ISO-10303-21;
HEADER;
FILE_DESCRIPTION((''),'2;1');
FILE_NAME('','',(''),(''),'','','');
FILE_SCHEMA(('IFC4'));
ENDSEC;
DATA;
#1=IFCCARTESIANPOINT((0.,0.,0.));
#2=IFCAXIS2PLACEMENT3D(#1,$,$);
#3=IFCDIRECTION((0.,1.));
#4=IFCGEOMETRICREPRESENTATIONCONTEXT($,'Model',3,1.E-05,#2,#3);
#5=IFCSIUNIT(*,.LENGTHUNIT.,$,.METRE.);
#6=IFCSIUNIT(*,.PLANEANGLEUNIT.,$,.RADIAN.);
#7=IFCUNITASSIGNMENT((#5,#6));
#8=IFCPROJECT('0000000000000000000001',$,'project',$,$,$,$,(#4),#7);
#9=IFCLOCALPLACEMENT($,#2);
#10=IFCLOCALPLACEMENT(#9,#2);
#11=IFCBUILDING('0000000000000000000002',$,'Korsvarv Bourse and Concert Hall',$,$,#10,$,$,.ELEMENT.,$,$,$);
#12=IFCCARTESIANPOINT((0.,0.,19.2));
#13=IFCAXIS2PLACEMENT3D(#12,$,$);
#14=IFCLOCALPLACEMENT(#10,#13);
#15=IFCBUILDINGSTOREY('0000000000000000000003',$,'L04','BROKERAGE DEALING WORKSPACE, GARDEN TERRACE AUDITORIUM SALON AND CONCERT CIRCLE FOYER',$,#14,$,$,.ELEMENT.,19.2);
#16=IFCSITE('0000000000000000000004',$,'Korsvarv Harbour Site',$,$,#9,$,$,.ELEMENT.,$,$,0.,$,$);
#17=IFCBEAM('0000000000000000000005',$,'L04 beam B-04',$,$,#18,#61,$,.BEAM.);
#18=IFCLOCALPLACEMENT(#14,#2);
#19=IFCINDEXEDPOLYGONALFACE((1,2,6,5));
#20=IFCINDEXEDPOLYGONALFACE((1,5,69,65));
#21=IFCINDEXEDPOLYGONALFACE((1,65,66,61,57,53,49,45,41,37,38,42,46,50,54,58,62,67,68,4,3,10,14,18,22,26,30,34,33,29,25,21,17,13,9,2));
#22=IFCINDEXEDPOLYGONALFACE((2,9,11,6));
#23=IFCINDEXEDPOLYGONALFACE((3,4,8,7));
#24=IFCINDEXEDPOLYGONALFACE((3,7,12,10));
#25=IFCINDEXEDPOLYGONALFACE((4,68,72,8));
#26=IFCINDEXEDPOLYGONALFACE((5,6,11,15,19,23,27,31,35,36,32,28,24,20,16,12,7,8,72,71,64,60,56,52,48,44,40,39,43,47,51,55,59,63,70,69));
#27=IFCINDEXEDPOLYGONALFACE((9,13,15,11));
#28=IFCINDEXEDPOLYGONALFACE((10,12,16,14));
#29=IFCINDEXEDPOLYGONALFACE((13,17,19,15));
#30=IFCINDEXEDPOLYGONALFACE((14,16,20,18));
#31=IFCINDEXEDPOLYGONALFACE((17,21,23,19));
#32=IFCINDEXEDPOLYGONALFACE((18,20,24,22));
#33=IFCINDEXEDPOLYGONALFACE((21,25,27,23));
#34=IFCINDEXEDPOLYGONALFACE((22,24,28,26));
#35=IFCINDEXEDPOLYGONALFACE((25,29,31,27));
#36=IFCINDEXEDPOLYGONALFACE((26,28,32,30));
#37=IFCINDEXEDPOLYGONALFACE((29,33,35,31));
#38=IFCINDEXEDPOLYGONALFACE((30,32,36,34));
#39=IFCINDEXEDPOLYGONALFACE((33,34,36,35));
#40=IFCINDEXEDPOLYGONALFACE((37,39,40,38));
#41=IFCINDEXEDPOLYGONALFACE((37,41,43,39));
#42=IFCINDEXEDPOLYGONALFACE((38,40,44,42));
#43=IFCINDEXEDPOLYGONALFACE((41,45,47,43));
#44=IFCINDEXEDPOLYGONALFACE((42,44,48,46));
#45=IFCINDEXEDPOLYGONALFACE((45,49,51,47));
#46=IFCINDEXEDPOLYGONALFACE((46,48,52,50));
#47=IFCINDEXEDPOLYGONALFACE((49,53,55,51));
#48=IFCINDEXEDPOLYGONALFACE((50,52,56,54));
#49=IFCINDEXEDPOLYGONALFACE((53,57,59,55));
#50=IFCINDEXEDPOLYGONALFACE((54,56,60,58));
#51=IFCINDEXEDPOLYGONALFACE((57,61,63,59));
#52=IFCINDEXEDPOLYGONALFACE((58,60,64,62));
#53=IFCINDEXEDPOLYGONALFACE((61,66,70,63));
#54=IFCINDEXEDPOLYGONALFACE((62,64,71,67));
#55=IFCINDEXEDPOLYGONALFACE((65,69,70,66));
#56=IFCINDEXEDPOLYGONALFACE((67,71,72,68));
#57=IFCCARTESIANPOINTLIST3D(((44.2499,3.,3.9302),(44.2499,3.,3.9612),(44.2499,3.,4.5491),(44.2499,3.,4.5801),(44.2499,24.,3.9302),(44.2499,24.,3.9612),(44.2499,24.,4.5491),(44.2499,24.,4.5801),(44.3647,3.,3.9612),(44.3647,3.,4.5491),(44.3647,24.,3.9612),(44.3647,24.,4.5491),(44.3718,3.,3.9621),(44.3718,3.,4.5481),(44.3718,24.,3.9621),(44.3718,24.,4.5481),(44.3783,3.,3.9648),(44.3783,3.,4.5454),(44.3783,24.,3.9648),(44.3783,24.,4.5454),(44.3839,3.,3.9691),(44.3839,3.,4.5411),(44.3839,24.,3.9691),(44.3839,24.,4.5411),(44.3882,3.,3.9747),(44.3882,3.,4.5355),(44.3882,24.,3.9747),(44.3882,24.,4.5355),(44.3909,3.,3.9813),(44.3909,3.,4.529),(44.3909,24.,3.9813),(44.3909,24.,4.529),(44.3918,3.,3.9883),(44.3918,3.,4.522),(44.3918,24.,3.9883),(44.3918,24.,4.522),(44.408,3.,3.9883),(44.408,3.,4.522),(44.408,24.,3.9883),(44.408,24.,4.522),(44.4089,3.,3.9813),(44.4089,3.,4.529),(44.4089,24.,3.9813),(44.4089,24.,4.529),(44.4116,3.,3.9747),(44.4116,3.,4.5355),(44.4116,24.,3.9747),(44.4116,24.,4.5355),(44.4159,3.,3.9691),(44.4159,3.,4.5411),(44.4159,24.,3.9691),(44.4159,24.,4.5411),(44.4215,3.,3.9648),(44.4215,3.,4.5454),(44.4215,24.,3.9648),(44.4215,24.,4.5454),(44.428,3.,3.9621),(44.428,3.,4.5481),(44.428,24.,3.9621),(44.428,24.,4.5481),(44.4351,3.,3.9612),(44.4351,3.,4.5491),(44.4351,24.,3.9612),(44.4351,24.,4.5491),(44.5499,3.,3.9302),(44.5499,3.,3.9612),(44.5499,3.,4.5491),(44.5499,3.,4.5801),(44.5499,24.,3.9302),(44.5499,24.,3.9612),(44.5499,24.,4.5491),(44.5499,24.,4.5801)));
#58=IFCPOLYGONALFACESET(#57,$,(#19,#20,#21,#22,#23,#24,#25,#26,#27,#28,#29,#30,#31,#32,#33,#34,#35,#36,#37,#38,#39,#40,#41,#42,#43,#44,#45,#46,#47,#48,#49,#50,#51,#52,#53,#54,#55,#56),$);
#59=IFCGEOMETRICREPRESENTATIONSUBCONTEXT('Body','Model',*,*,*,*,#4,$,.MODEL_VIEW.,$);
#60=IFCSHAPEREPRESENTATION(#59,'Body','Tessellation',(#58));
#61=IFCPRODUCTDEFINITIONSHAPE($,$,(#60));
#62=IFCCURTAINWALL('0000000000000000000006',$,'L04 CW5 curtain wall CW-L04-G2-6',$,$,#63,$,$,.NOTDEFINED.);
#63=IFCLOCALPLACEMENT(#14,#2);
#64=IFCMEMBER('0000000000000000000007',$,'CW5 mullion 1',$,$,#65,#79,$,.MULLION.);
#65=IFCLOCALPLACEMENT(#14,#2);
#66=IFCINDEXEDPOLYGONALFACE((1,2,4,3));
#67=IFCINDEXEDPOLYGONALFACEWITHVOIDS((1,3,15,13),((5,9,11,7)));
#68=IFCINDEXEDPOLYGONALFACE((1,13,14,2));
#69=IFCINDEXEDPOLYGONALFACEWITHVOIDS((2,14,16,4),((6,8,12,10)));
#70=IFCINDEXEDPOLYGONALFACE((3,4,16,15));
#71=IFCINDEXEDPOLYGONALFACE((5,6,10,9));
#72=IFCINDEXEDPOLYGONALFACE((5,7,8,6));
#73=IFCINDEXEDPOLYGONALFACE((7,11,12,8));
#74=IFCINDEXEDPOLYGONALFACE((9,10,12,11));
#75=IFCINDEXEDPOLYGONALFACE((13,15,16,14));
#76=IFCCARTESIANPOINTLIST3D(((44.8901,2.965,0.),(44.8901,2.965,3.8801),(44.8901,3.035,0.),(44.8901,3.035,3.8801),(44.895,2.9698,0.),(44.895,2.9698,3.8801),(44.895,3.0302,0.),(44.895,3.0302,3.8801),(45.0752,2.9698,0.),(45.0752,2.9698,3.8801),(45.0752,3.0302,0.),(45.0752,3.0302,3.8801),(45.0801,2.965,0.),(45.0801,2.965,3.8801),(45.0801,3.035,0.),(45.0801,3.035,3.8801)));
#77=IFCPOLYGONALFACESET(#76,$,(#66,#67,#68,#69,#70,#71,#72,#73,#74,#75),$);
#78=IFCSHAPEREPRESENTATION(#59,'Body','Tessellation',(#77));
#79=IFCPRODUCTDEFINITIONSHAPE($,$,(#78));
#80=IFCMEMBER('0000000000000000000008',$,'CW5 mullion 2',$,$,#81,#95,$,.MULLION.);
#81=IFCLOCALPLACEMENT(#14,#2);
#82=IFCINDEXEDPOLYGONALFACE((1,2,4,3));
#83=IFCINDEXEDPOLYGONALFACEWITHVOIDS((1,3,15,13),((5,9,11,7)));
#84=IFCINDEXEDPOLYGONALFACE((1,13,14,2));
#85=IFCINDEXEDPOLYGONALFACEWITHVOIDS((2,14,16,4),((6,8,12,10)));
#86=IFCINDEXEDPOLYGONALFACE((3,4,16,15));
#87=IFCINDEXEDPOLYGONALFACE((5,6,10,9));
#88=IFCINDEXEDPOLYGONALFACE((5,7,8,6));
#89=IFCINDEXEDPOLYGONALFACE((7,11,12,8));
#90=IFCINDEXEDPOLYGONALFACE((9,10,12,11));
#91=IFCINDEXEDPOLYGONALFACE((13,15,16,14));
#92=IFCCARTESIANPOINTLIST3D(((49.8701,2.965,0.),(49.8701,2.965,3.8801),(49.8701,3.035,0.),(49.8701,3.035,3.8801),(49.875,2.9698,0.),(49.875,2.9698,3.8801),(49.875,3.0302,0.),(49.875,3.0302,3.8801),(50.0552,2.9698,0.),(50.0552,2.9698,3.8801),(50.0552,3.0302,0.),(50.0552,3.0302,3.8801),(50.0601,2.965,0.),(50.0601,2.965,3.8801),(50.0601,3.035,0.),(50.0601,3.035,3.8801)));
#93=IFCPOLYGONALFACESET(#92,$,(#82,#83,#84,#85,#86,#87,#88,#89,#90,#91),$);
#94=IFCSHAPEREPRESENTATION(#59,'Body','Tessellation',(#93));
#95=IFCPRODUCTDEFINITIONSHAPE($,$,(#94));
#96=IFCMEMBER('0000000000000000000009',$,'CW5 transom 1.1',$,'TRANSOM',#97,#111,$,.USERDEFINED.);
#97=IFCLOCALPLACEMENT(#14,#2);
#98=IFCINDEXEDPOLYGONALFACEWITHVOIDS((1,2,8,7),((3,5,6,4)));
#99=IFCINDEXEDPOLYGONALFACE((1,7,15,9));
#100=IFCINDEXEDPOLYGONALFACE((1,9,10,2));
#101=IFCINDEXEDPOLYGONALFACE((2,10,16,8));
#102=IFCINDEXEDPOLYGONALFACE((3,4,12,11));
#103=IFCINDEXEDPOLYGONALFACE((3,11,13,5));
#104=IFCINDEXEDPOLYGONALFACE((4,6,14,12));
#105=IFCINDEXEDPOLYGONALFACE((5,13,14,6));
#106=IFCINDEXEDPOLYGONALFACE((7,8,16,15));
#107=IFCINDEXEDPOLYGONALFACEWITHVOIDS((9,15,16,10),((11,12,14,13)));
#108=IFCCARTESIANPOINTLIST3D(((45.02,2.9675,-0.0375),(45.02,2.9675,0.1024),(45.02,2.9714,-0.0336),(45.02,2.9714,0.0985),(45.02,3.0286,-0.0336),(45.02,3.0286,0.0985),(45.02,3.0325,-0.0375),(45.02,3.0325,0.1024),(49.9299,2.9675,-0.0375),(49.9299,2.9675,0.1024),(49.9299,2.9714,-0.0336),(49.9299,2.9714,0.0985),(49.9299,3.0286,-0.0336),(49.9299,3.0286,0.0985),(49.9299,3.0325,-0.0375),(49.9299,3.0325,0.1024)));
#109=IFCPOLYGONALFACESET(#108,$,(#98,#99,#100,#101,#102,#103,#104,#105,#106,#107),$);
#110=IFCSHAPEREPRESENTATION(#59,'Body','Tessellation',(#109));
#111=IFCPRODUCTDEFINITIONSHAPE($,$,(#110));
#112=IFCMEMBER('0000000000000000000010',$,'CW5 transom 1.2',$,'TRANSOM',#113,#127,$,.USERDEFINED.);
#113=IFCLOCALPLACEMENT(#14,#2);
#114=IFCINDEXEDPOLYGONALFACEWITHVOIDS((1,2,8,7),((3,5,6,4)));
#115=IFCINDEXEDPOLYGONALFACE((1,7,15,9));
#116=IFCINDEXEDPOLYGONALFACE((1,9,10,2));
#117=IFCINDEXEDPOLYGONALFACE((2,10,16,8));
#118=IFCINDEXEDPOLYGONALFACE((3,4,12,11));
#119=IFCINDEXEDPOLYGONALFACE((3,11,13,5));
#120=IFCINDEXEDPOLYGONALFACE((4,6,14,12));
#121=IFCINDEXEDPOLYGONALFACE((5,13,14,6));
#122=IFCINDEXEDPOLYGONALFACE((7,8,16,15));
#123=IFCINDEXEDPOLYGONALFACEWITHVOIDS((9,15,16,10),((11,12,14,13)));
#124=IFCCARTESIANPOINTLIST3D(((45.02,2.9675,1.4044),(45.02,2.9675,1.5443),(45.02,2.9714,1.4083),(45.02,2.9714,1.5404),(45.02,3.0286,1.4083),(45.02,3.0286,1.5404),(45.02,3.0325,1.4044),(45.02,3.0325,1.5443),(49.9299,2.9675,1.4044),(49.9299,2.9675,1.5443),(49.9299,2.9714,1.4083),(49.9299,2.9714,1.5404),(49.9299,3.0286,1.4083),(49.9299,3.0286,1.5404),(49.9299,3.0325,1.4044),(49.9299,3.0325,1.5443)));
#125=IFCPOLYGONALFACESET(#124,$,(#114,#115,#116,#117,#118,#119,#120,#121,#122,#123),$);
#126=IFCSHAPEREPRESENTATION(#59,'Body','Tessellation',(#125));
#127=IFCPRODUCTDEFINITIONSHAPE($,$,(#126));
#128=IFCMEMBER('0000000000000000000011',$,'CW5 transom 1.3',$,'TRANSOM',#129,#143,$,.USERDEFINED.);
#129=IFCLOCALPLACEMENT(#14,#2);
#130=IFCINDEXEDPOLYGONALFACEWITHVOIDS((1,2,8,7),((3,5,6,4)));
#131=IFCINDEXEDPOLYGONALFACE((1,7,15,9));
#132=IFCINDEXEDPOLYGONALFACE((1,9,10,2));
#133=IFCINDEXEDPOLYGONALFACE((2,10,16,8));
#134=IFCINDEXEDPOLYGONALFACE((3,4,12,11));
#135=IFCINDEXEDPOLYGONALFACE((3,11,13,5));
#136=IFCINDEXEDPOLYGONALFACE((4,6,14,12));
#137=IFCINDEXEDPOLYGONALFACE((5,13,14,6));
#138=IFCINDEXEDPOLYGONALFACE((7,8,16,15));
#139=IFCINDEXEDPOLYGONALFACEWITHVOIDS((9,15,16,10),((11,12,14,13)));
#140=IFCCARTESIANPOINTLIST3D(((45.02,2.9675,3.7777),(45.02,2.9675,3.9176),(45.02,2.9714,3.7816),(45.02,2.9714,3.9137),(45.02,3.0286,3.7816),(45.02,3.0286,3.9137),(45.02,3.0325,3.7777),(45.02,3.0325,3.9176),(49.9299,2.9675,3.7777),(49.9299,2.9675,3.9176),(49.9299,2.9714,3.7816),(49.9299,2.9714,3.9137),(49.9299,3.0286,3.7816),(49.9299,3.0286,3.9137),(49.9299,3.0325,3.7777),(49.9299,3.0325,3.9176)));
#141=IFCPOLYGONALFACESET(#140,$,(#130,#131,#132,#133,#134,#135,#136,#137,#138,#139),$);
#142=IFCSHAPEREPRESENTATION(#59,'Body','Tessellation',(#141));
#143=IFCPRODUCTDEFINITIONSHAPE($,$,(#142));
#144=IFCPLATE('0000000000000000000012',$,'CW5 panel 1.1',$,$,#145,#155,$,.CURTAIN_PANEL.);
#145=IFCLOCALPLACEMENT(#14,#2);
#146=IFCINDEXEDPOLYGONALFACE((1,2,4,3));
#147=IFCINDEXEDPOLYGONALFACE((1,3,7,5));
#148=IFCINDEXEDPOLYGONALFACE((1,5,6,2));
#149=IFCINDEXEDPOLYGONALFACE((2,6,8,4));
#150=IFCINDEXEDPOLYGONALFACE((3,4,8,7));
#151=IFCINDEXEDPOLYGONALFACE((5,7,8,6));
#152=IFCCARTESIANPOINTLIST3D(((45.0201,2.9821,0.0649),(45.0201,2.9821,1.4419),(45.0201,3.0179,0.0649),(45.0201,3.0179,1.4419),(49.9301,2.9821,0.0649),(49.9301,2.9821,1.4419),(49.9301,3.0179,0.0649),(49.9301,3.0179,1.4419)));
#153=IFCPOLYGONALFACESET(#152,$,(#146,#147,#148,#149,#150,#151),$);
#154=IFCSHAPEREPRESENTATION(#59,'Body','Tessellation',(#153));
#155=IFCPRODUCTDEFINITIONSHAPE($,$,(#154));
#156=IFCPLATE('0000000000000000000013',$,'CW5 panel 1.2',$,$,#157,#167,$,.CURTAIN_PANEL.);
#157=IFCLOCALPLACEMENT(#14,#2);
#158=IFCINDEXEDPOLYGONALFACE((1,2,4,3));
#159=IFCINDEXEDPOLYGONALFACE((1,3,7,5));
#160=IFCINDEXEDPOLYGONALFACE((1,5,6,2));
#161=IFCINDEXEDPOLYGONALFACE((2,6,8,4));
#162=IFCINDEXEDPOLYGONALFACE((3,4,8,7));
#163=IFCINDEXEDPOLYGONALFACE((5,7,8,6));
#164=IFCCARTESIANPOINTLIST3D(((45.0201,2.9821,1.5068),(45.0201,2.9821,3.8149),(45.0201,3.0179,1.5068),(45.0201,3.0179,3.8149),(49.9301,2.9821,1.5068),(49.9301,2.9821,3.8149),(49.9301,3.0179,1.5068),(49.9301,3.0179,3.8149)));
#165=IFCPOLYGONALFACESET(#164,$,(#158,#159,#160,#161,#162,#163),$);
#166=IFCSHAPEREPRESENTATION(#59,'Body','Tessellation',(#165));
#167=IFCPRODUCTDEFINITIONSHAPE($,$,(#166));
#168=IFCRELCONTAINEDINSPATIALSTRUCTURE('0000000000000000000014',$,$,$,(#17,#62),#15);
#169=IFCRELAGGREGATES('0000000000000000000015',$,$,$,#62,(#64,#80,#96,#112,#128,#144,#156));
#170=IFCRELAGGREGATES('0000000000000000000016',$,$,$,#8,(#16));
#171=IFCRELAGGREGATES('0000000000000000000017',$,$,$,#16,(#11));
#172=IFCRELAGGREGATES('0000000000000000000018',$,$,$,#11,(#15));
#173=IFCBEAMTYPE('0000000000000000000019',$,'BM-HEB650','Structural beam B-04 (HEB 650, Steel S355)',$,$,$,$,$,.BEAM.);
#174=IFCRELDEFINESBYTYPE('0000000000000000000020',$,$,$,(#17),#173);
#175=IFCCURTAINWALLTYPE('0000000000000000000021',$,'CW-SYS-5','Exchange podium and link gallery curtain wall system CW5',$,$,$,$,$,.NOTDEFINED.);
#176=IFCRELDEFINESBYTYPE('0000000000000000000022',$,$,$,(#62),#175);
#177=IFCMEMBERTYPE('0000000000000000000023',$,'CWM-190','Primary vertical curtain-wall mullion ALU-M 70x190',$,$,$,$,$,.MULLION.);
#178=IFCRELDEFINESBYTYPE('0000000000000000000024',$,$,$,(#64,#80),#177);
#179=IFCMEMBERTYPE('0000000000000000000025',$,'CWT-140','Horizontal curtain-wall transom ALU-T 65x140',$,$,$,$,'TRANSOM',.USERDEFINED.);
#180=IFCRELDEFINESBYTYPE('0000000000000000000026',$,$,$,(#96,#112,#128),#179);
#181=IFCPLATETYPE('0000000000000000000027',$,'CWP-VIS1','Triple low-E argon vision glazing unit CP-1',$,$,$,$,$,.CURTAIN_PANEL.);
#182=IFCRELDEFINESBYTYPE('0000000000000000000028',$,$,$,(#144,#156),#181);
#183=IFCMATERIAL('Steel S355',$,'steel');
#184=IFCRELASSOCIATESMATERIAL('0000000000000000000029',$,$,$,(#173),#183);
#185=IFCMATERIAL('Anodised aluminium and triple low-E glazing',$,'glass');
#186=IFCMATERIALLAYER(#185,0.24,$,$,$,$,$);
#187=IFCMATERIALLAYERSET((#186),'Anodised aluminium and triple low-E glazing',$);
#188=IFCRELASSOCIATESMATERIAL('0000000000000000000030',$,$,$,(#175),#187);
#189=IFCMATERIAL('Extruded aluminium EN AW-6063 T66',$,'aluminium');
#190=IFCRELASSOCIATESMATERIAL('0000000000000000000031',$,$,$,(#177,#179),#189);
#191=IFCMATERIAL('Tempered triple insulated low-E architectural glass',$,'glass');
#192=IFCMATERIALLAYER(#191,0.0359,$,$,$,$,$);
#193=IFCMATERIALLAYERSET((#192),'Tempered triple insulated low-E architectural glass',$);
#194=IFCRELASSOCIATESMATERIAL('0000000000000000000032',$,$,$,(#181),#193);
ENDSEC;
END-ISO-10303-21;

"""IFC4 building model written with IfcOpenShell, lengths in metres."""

from ifc_helpers import new_model, si_unit, direction, frame, origin, origin_2d, place, context, subcontext, project, spatial, rectangle, hollow_rectangle, i_section, extrude, source, transform, mapped, material, layer, layer_set, material_profile, profile_set, type_object, element, aggregate, save


model = new_model("IFC4")

# Units and contexts
model_context = context("Model", 3, precision=1e-05, world=origin(), true_north=direction((0.0, 1.0)))
body_context = subcontext(model_context, "Body", "Model", "MODEL_VIEW")
ifc_project = project(units=[si_unit("LENGTHUNIT", "METRE"), si_unit("PLANEANGLEUNIT", "RADIAN")], contexts=[model_context])

# Site, building, storey
site_placement = place(None, origin())
site = spatial("IfcSite", under=ifc_project, at=site_placement, Name="Korsvarv Harbour Site", CompositionType="ELEMENT", RefElevation=0.0)
building_placement = place(site_placement, origin())
building = spatial("IfcBuilding", under=site, at=building_placement, Name="Korsvarv Bourse and Concert Hall", CompositionType="ELEMENT")
storey_placement = place(building_placement, frame((0.0, 0.0, 19.2)))
storey = spatial("IfcBuildingStorey", under=building, at=storey_placement, Name="L04", Description="BROKERAGE DEALING WORKSPACE, GARDEN TERRACE AUDITORIUM SALON AND CONCERT CIRCLE FOYER", CompositionType="ELEMENT", Elevation=19.2)

# Beam
ifc_material_1 = material(Name="Steel S355", Category="steel")
ifc_material_profile_1 = material_profile(ifc_material_1, i_section(OverallWidth=0.3, OverallDepth=0.6499, WebThickness=0.0161, FlangeThickness=0.031, FilletRadius=0.0271, at=origin_2d()), Name="HEB 650")
ifc_profile_set_1 = profile_set([ifc_material_profile_1], Name="Steel S355")
beam_type_1 = type_object("IfcBeamType", Name="BM-HEB650", Description="Structural beam B-04 (HEB 650, Steel S355)", PredefinedType="BEAM", material=ifc_profile_set_1)
shared_shape_1 = source(origin(), body_context, "Body", "SweptSolid", [
    extrude(i_section(OverallWidth=0.3, OverallDepth=0.6499, WebThickness=0.0161, FlangeThickness=0.031, FilletRadius=0.0271, at=origin_2d()), origin(), (0.0, 0.0, 1.0), 21.0),
])
beam_1_placement = place(storey_placement, frame((44.3999, 3.0, 4.2551), z_axis=(0.0, 1.0, 0.0), x_axis=(-1.0, 0.0, 0.0)))
element("IfcBeam", 1, at=beam_1_placement, inside=storey, type_object=beam_type_1, Name="L04 beam B-04", PredefinedType="BEAM", context=body_context, shape_type="MappedRepresentation", body=[
    mapped(shared_shape_1, transform((0.0, 0.0, 0.0), scale=1.0)),
])

# Curtain wall, members, plates
ifc_material_2 = material(Name="Anodised aluminium and triple low-E glazing", Category="glass")
ifc_layer_1 = layer(ifc_material_2, 0.24)
ifc_layer_set_1 = layer_set([ifc_layer_1], Name="Anodised aluminium and triple low-E glazing")
curtain_wall_type = type_object("IfcCurtainWallType", Name="CW-SYS-5", Description="Exchange podium and link gallery curtain wall system CW5", PredefinedType="NOTDEFINED", material=ifc_layer_set_1)
curtain_wall_placement = place(storey_placement, origin())
curtain_wall = element("IfcCurtainWall", 2, at=curtain_wall_placement, inside=storey, type_object=curtain_wall_type, Name="L04 CW5 curtain wall CW-L04-G2-6", PredefinedType="NOTDEFINED")
ifc_material_3 = material(Name="Extruded aluminium EN AW-6063 T66", Category="aluminium")
ifc_material_profile_2 = material_profile(ifc_material_3, hollow_rectangle(XDim=0.0701, YDim=0.1899, WallThickness=0.0049, at=origin_2d()), Name="ALU-M 70x190")
ifc_profile_set_2 = profile_set([ifc_material_profile_2], Name="Extruded aluminium EN AW-6063 T66")
member_type_1 = type_object("IfcMemberType", Name="CWM-190", Description="Primary vertical curtain-wall mullion ALU-M 70x190", PredefinedType="MULLION", material=ifc_profile_set_2)
shared_shape_2 = source(origin(), body_context, "Body", "SweptSolid", [
    extrude(hollow_rectangle(XDim=0.0701, YDim=0.1899, WallThickness=0.0049, at=origin_2d()), origin(), (0.0, 0.0, 1.0), 3.8801),
])
member_1_placement = place(storey_placement, frame((44.9851, 3.0, 0.0), z_axis=(0.0, 0.0, 1.0), x_axis=(0.0, 1.0, 0.0)))
member_1 = element("IfcMember", 3, at=member_1_placement, type_object=member_type_1, Name="CW5 mullion 1", PredefinedType="MULLION", context=body_context, shape_type="MappedRepresentation", body=[
    mapped(shared_shape_2, transform((0.0, 0.0, 0.0), scale=1.0)),
])
member_2_placement = place(storey_placement, frame((49.9651, 3.0, 0.0), z_axis=(0.0, 0.0, 1.0), x_axis=(0.0, 1.0, 0.0)))
member_2 = element("IfcMember", 4, at=member_2_placement, type_object=member_type_1, Name="CW5 mullion 2", PredefinedType="MULLION", context=body_context, shape_type="MappedRepresentation", body=[
    mapped(shared_shape_2, transform((0.0, 0.0, 0.0), scale=1.0)),
])
ifc_material_profile_3 = material_profile(ifc_material_3, hollow_rectangle(XDim=0.0649, YDim=0.1399, WallThickness=0.0039, at=origin_2d()), Name="ALU-T 65x140")
ifc_profile_set_3 = profile_set([ifc_material_profile_3], Name="Extruded aluminium EN AW-6063 T66")
member_type_2 = type_object("IfcMemberType", Name="CWT-140", Description="Horizontal curtain-wall transom ALU-T 65x140", ElementType="TRANSOM", PredefinedType="USERDEFINED", material=ifc_profile_set_3)
shared_shape_3 = source(origin(), body_context, "Body", "SweptSolid", [
    extrude(hollow_rectangle(XDim=0.0649, YDim=0.1399, WallThickness=0.0039, at=origin_2d()), origin(), (0.0, 0.0, 1.0), 4.9099),
])
member_3_placement = place(storey_placement, frame((45.02, 3.0, 0.0325), z_axis=(1.0, 0.0, 0.0), x_axis=(0.0, 1.0, 0.0)))
member_3 = element("IfcMember", 5, at=member_3_placement, type_object=member_type_2, Name="CW5 transom 1.1", ObjectType="TRANSOM", PredefinedType="USERDEFINED", context=body_context, shape_type="MappedRepresentation", body=[
    mapped(shared_shape_3, transform((0.0, 0.0, 0.0), scale=1.0)),
])
member_4_placement = place(storey_placement, frame((45.02, 3.0, 1.4744), z_axis=(1.0, 0.0, 0.0), x_axis=(0.0, 1.0, 0.0)))
member_4 = element("IfcMember", 6, at=member_4_placement, type_object=member_type_2, Name="CW5 transom 1.2", ObjectType="TRANSOM", PredefinedType="USERDEFINED", context=body_context, shape_type="MappedRepresentation", body=[
    mapped(shared_shape_3, transform((0.0, 0.0, 0.0), scale=1.0)),
])
member_5_placement = place(storey_placement, frame((45.02, 3.0, 3.8477), z_axis=(1.0, 0.0, 0.0), x_axis=(0.0, 1.0, 0.0)))
member_5 = element("IfcMember", 7, at=member_5_placement, type_object=member_type_2, Name="CW5 transom 1.3", ObjectType="TRANSOM", PredefinedType="USERDEFINED", context=body_context, shape_type="MappedRepresentation", body=[
    mapped(shared_shape_3, transform((0.0, 0.0, 0.0), scale=1.0)),
])
ifc_material_4 = material(Name="Tempered triple insulated low-E architectural glass", Category="glass")
ifc_layer_2 = layer(ifc_material_4, 0.0359)
ifc_layer_set_2 = layer_set([ifc_layer_2], Name="Tempered triple insulated low-E architectural glass")
plate_type = type_object("IfcPlateType", Name="CWP-VIS1", Description="Triple low-E argon vision glazing unit CP-1", PredefinedType="CURTAIN_PANEL", material=ifc_layer_set_2)
shared_shape_4 = source(origin(), body_context, "Body", "SweptSolid", [
    extrude(rectangle(XDim=4.9099, YDim=0.0359, at=origin_2d()), origin(), (0.0, 0.0, 1.0), 1.377),
])
plate_1_placement = place(storey_placement, frame((47.4751, 3.0, 0.0649), z_axis=(0.0, 0.0, 1.0), x_axis=(1.0, 0.0, 0.0)))
plate_1 = element("IfcPlate", 8, at=plate_1_placement, type_object=plate_type, Name="CW5 panel 1.1", PredefinedType="CURTAIN_PANEL", context=body_context, shape_type="MappedRepresentation", body=[
    mapped(shared_shape_4, transform((0.0, 0.0, 0.0), scale=1.0)),
])
shared_shape_5 = source(origin(), body_context, "Body", "SweptSolid", [
    extrude(rectangle(XDim=4.9099, YDim=0.0359, at=origin_2d()), origin(), (0.0, 0.0, 1.0), 2.3081),
])
plate_2_placement = place(storey_placement, frame((47.4751, 3.0, 1.5068), z_axis=(0.0, 0.0, 1.0), x_axis=(1.0, 0.0, 0.0)))
plate_2 = element("IfcPlate", 9, at=plate_2_placement, type_object=plate_type, Name="CW5 panel 1.2", PredefinedType="CURTAIN_PANEL", context=body_context, shape_type="MappedRepresentation", body=[
    mapped(shared_shape_5, transform((0.0, 0.0, 0.0), scale=1.0)),
])
aggregate(curtain_wall, [member_1, member_2, member_3, member_4, member_5, plate_1, plate_2])

save(model, "model.ifc")
